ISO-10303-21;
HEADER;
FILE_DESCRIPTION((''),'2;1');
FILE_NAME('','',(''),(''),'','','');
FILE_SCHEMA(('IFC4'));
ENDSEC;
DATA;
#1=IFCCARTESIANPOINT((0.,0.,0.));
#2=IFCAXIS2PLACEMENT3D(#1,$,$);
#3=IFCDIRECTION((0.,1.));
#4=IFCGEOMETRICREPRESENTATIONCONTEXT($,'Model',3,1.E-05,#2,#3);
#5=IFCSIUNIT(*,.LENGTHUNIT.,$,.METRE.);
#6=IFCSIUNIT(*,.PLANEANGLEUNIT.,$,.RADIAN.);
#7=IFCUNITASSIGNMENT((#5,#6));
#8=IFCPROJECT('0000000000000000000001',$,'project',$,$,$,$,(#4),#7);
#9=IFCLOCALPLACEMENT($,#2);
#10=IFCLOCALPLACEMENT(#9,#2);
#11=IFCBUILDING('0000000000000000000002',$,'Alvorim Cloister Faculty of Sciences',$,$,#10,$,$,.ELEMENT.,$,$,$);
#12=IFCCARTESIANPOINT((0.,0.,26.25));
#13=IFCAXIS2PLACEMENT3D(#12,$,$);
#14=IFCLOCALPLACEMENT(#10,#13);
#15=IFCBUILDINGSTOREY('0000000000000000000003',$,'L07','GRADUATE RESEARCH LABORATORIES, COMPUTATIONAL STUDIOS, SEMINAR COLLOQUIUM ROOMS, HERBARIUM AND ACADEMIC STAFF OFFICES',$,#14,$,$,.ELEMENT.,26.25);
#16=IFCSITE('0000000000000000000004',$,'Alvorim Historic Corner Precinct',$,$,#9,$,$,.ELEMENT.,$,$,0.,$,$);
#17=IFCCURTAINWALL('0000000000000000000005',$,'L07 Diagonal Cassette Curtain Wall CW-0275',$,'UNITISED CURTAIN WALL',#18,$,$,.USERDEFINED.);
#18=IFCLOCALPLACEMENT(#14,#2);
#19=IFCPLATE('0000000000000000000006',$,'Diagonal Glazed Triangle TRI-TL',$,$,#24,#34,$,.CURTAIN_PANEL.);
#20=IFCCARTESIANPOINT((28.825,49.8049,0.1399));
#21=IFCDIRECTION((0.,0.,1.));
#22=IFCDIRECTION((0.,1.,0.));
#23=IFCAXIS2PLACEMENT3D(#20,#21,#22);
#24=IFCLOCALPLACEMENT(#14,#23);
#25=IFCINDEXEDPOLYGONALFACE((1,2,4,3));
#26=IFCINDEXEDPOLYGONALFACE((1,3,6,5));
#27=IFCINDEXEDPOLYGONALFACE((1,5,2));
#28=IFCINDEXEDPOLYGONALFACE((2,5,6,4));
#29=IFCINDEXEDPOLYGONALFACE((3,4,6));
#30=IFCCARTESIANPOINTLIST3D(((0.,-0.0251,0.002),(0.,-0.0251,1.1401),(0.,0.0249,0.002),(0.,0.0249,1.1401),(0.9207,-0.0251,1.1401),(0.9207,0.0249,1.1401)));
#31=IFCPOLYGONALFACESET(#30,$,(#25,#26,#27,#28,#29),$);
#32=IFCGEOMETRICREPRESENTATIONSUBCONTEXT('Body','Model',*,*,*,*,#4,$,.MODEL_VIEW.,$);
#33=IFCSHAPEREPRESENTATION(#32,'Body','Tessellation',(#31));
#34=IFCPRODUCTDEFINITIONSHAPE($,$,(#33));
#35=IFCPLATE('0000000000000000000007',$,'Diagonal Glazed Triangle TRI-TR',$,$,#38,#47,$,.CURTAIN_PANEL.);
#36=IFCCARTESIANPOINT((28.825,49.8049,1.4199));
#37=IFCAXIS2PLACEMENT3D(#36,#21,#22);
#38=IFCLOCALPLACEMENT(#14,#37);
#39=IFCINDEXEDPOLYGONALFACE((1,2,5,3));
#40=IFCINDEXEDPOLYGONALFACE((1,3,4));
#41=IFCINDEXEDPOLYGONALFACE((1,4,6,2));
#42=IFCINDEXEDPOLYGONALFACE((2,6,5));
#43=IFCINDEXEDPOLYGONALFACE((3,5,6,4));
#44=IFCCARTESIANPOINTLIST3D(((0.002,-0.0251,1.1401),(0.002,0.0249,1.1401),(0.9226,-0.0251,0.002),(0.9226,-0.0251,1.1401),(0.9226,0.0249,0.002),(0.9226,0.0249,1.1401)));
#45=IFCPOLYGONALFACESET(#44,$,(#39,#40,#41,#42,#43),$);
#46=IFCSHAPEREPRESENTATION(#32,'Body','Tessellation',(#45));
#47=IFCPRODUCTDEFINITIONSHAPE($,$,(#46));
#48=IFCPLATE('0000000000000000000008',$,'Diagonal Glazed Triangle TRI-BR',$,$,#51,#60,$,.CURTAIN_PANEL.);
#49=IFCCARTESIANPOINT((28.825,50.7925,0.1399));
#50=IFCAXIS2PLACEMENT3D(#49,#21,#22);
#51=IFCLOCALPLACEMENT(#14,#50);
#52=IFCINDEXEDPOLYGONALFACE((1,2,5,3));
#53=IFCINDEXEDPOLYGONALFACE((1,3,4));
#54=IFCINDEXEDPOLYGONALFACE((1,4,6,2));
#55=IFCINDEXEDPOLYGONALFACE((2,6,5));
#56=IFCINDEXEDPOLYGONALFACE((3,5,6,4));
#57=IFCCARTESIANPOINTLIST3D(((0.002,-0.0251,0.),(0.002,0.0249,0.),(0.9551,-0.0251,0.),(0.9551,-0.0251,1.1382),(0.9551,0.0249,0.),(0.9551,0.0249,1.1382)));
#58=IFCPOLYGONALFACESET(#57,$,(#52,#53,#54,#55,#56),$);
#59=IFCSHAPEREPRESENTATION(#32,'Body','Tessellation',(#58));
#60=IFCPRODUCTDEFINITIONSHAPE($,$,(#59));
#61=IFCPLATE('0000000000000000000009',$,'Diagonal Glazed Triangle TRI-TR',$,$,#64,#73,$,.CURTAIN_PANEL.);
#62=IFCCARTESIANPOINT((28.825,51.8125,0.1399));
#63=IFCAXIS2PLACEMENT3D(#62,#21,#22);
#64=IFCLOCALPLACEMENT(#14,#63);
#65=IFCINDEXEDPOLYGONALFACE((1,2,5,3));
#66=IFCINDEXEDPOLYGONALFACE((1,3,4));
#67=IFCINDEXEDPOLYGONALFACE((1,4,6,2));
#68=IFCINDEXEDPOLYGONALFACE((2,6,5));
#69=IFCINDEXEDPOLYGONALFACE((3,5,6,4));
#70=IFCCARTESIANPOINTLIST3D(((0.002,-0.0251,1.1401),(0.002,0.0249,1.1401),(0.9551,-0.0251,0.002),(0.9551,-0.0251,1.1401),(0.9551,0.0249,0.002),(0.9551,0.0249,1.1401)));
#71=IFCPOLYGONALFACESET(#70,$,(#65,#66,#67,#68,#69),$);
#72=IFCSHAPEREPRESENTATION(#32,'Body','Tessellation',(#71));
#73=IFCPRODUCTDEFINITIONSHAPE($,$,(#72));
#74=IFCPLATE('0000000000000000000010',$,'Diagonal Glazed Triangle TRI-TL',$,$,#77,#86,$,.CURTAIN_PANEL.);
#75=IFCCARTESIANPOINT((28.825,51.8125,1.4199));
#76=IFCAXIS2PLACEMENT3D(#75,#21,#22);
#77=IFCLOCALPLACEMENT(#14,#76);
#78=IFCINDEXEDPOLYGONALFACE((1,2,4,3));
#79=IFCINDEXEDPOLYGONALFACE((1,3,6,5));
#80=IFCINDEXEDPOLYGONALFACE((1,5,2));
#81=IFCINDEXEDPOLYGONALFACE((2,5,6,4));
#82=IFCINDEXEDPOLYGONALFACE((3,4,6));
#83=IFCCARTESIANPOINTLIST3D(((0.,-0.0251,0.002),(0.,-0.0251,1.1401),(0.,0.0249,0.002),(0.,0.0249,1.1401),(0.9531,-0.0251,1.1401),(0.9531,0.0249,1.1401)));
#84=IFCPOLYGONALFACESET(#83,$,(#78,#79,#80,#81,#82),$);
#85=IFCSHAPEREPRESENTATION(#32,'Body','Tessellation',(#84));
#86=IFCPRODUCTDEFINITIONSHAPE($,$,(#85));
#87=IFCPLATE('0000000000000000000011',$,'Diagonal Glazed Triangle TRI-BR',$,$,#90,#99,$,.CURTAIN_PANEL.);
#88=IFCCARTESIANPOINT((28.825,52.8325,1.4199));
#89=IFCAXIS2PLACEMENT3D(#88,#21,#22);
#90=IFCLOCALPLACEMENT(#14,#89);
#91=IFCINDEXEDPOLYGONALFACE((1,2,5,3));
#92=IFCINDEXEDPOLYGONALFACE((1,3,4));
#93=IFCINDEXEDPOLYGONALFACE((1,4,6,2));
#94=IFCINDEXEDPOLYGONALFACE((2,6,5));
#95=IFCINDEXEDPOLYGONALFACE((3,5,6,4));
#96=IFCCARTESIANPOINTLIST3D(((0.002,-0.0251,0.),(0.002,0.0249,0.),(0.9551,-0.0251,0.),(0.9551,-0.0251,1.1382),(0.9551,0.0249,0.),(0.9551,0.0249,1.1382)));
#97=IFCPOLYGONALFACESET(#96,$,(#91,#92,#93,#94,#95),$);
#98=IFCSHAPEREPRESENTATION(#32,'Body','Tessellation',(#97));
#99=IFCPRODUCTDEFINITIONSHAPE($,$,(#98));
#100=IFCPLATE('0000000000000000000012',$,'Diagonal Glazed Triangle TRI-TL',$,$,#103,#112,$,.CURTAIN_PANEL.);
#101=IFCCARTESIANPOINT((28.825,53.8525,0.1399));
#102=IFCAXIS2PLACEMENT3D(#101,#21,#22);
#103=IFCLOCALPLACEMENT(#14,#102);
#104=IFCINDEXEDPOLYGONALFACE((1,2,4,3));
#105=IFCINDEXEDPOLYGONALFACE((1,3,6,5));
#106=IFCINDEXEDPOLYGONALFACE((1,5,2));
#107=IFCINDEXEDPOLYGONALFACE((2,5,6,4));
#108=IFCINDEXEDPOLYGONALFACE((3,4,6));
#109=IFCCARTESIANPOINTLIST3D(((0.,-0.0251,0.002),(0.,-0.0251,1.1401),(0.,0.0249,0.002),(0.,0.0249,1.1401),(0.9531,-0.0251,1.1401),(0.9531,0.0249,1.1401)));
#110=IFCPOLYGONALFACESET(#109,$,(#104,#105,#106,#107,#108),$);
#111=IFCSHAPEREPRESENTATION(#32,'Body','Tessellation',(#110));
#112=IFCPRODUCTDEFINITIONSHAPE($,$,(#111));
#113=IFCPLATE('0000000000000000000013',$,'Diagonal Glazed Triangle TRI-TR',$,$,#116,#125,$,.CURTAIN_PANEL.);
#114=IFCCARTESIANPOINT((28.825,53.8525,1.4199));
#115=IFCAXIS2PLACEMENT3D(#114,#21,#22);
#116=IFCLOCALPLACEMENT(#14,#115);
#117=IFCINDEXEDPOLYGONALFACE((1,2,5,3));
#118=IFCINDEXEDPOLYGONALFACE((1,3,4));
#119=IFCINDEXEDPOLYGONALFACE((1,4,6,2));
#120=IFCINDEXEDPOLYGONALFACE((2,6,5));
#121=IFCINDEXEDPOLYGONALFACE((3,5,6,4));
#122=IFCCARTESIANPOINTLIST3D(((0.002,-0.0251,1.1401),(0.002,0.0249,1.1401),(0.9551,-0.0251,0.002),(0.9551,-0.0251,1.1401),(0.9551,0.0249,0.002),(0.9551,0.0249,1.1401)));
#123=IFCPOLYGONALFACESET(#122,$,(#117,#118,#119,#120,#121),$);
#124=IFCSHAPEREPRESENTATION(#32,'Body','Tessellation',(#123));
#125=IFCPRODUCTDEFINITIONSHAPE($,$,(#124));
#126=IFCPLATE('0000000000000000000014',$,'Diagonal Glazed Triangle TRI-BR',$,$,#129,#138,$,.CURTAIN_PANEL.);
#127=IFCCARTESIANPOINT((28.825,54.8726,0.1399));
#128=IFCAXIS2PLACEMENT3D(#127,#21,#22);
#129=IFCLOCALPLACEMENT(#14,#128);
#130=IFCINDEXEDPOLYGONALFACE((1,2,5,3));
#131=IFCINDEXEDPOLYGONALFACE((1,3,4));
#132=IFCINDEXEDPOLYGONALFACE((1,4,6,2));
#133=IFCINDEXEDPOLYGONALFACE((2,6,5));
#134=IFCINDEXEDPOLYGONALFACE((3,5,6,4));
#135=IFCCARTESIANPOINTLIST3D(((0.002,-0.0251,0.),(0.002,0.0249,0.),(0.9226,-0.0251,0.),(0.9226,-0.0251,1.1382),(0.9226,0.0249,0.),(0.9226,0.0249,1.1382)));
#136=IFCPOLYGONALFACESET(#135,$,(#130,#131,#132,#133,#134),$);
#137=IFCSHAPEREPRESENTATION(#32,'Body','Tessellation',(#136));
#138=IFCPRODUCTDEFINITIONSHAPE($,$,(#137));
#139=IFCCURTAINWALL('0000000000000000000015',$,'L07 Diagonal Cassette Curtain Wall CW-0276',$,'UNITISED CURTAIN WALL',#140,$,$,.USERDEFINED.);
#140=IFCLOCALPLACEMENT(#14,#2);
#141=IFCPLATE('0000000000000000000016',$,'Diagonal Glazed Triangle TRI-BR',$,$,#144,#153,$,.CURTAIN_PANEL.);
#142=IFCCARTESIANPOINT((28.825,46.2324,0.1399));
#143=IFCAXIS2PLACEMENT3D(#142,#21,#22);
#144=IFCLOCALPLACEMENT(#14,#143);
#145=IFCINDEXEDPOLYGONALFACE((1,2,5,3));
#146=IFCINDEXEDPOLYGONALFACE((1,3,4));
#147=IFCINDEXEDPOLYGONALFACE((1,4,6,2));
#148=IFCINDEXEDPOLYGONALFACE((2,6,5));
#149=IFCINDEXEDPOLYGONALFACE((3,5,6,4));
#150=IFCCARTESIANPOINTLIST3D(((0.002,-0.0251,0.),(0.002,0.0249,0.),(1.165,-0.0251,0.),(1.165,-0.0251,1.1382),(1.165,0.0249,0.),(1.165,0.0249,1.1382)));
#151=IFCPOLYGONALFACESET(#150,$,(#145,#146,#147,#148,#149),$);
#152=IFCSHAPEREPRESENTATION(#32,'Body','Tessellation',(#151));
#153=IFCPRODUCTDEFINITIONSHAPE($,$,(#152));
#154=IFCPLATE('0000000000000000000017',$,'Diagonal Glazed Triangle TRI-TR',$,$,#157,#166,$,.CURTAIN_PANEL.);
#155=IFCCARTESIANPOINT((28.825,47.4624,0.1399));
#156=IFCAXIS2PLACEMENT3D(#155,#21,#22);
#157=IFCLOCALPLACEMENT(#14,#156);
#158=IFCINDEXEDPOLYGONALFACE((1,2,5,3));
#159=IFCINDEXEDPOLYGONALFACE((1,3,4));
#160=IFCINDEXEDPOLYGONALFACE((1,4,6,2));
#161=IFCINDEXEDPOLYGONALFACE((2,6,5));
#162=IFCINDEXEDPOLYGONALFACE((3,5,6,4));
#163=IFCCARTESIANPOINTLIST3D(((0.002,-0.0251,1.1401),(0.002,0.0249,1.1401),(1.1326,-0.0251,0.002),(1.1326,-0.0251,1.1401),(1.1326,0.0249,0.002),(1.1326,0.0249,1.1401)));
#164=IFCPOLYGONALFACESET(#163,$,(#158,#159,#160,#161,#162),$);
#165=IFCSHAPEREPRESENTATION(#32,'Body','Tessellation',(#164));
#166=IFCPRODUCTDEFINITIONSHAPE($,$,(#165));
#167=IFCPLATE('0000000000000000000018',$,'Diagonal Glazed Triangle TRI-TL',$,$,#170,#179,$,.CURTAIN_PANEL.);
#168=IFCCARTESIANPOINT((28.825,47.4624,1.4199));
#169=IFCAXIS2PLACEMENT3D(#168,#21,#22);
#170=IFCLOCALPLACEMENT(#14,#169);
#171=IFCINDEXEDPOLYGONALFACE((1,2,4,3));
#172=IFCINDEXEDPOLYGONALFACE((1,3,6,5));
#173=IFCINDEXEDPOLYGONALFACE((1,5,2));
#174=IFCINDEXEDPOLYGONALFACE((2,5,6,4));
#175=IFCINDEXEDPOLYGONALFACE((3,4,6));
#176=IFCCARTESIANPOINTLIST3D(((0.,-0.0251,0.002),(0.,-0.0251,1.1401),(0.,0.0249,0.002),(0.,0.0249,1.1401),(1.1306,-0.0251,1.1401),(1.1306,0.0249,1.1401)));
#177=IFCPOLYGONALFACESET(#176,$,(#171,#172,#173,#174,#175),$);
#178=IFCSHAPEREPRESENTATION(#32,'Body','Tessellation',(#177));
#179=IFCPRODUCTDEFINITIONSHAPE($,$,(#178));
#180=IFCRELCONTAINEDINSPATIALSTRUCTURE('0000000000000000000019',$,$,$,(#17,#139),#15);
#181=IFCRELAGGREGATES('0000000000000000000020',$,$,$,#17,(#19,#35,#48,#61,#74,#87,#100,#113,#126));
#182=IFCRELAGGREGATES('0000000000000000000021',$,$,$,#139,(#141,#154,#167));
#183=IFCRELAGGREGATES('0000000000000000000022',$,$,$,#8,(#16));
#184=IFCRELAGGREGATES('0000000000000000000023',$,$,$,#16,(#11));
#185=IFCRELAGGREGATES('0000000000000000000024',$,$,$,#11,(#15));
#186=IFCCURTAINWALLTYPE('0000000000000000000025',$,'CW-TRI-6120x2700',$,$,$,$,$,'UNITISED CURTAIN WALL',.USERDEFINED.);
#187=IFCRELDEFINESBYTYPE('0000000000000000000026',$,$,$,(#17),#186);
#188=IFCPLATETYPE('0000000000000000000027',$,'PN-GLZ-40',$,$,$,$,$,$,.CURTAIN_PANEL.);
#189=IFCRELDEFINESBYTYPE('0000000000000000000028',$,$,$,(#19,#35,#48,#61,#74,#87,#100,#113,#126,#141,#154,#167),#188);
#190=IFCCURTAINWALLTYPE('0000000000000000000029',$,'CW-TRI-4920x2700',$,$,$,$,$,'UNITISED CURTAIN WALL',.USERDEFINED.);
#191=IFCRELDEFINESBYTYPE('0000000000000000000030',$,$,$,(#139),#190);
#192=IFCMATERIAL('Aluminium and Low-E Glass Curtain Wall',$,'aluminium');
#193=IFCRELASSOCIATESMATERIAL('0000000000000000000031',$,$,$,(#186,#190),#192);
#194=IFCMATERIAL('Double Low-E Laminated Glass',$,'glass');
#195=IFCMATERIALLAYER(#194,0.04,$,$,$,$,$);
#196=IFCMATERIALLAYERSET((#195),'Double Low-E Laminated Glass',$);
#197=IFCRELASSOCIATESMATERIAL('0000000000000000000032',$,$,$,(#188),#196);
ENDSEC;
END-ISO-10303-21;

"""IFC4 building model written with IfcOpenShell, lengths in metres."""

from ifc_helpers import new_model, si_unit, direction, frame, origin, place, context, subcontext, project, spatial, polyline, outline, extrude, material, layer, layer_set, type_object, element, aggregate, save


model = new_model("IFC4")

# Units and contexts
model_context = context("Model", 3, precision=1e-05, world=origin(), true_north=direction((0.0, 1.0)))
body_context = subcontext(model_context, "Body", "Model", "MODEL_VIEW")
ifc_project = project(units=[si_unit("LENGTHUNIT", "METRE"), si_unit("PLANEANGLEUNIT", "RADIAN")], contexts=[model_context])

# Site, building, storey
site_placement = place(None, origin())
site = spatial("IfcSite", under=ifc_project, at=site_placement, Name="Alvorim Historic Corner Precinct", CompositionType="ELEMENT", RefElevation=0.0)
building_placement = place(site_placement, origin())
building = spatial("IfcBuilding", under=site, at=building_placement, Name="Alvorim Cloister Faculty of Sciences", CompositionType="ELEMENT")
storey_placement = place(building_placement, frame((0.0, 0.0, 26.25)))
storey = spatial("IfcBuildingStorey", under=building, at=storey_placement, Name="L07", Description="GRADUATE RESEARCH LABORATORIES, COMPUTATIONAL STUDIOS, SEMINAR COLLOQUIUM ROOMS, HERBARIUM AND ACADEMIC STAFF OFFICES", CompositionType="ELEMENT", Elevation=26.25)

# Curtain walls, plates
ifc_material_1 = material(Name="Aluminium and Low-E Glass Curtain Wall", Category="aluminium")
curtain_wall_type_1 = type_object("IfcCurtainWallType", Name="CW-TRI-6120x2700", ElementType="UNITISED CURTAIN WALL", PredefinedType="USERDEFINED", material=ifc_material_1)
curtain_wall_1_placement = place(storey_placement, origin())
curtain_wall_1 = element("IfcCurtainWall", 1, at=curtain_wall_1_placement, inside=storey, type_object=curtain_wall_type_1, Name="L07 Diagonal Cassette Curtain Wall CW-0275", ObjectType="UNITISED CURTAIN WALL", PredefinedType="USERDEFINED")
ifc_material_2 = material(Name="Double Low-E Laminated Glass", Category="glass")
ifc_layer_1 = layer(ifc_material_2, 0.04)
ifc_layer_set_1 = layer_set([ifc_layer_1], Name="Double Low-E Laminated Glass")
plate_type = type_object("IfcPlateType", Name="PN-GLZ-40", PredefinedType="CURTAIN_PANEL", material=ifc_layer_set_1)
plate_1_placement = place(storey_placement, frame((28.825, 49.8049, 0.1399), z_axis=(0.0, 0.0, 1.0), x_axis=(0.0, 1.0, 0.0)))
plate_1 = element("IfcPlate", 2, at=plate_1_placement, type_object=plate_type, Name="Diagonal Glazed Triangle TRI-TL", PredefinedType="CURTAIN_PANEL", context=body_context, shape_type="SweptSolid", body=[
    extrude(outline(polyline([(0.9207, 1.1401), (0.0, 1.1401), (0.0, 0.002), (0.9207, 1.1401)])), frame((0.0, 0.0249, 0.0), z_axis=(0.0, -1.0, 0.0), x_axis=(1.0, 0.0, 0.0)), (0.0, 0.0, 1.0), 0.05),
])
plate_2_placement = place(storey_placement, frame((28.825, 49.8049, 1.4199), z_axis=(0.0, 0.0, 1.0), x_axis=(0.0, 1.0, 0.0)))
plate_2 = element("IfcPlate", 3, at=plate_2_placement, type_object=plate_type, Name="Diagonal Glazed Triangle TRI-TR", PredefinedType="CURTAIN_PANEL", context=body_context, shape_type="SweptSolid", body=[
    extrude(outline(polyline([(0.9226, 0.002), (0.9226, 1.1401), (0.002, 1.1401), (0.9226, 0.002)])), frame((0.0, 0.0249, 0.0), z_axis=(0.0, -1.0, 0.0), x_axis=(1.0, 0.0, 0.0)), (0.0, 0.0, 1.0), 0.05),
])
plate_3_placement = place(storey_placement, frame((28.825, 50.7925, 0.1399), z_axis=(0.0, 0.0, 1.0), x_axis=(0.0, 1.0, 0.0)))
plate_3 = element("IfcPlate", 4, at=plate_3_placement, type_object=plate_type, Name="Diagonal Glazed Triangle TRI-BR", PredefinedType="CURTAIN_PANEL", context=body_context, shape_type="SweptSolid", body=[
    extrude(outline(polyline([(0.002, 0.0), (0.9551, 0.0), (0.9551, 1.1382), (0.002, 0.0)])), frame((0.0, 0.0249, 0.0), z_axis=(0.0, -1.0, 0.0), x_axis=(1.0, 0.0, 0.0)), (0.0, 0.0, 1.0), 0.05),
])
plate_4_placement = place(storey_placement, frame((28.825, 51.8125, 0.1399), z_axis=(0.0, 0.0, 1.0), x_axis=(0.0, 1.0, 0.0)))
plate_4 = element("IfcPlate", 5, at=plate_4_placement, type_object=plate_type, Name="Diagonal Glazed Triangle TRI-TR", PredefinedType="CURTAIN_PANEL", context=body_context, shape_type="SweptSolid", body=[
    extrude(outline(polyline([(0.9551, 0.002), (0.9551, 1.1401), (0.002, 1.1401), (0.9551, 0.002)])), frame((0.0, 0.0249, 0.0), z_axis=(0.0, -1.0, 0.0), x_axis=(1.0, 0.0, 0.0)), (0.0, 0.0, 1.0), 0.05),
])
plate_5_placement = place(storey_placement, frame((28.825, 51.8125, 1.4199), z_axis=(0.0, 0.0, 1.0), x_axis=(0.0, 1.0, 0.0)))
plate_5 = element("IfcPlate", 6, at=plate_5_placement, type_object=plate_type, Name="Diagonal Glazed Triangle TRI-TL", PredefinedType="CURTAIN_PANEL", context=body_context, shape_type="SweptSolid", body=[
    extrude(outline(polyline([(0.9531, 1.1401), (0.0, 1.1401), (0.0, 0.002), (0.9531, 1.1401)])), frame((0.0, 0.0249, 0.0), z_axis=(0.0, -1.0, 0.0), x_axis=(1.0, 0.0, 0.0)), (0.0, 0.0, 1.0), 0.05),
])
plate_6_placement = place(storey_placement, frame((28.825, 52.8325, 1.4199), z_axis=(0.0, 0.0, 1.0), x_axis=(0.0, 1.0, 0.0)))
plate_6 = element("IfcPlate", 7, at=plate_6_placement, type_object=plate_type, Name="Diagonal Glazed Triangle TRI-BR", PredefinedType="CURTAIN_PANEL", context=body_context, shape_type="SweptSolid", body=[
    extrude(outline(polyline([(0.002, 0.0), (0.9551, 0.0), (0.9551, 1.1382), (0.002, 0.0)])), frame((0.0, 0.0249, 0.0), z_axis=(0.0, -1.0, 0.0), x_axis=(1.0, 0.0, 0.0)), (0.0, 0.0, 1.0), 0.05),
])
plate_7_placement = place(storey_placement, frame((28.825, 53.8525, 0.1399), z_axis=(0.0, 0.0, 1.0), x_axis=(0.0, 1.0, 0.0)))
plate_7 = element("IfcPlate", 8, at=plate_7_placement, type_object=plate_type, Name="Diagonal Glazed Triangle TRI-TL", PredefinedType="CURTAIN_PANEL", context=body_context, shape_type="SweptSolid", body=[
    extrude(outline(polyline([(0.9531, 1.1401), (0.0, 1.1401), (0.0, 0.002), (0.9531, 1.1401)])), frame((0.0, 0.0249, 0.0), z_axis=(0.0, -1.0, 0.0), x_axis=(1.0, 0.0, 0.0)), (0.0, 0.0, 1.0), 0.05),
])
plate_8_placement = place(storey_placement, frame((28.825, 53.8525, 1.4199), z_axis=(0.0, 0.0, 1.0), x_axis=(0.0, 1.0, 0.0)))
plate_8 = element("IfcPlate", 9, at=plate_8_placement, type_object=plate_type, Name="Diagonal Glazed Triangle TRI-TR", PredefinedType="CURTAIN_PANEL", context=body_context, shape_type="SweptSolid", body=[
    extrude(outline(polyline([(0.9551, 0.002), (0.9551, 1.1401), (0.002, 1.1401), (0.9551, 0.002)])), frame((0.0, 0.0249, 0.0), z_axis=(0.0, -1.0, 0.0), x_axis=(1.0, 0.0, 0.0)), (0.0, 0.0, 1.0), 0.05),
])
plate_9_placement = place(storey_placement, frame((28.825, 54.8726, 0.1399), z_axis=(0.0, 0.0, 1.0), x_axis=(0.0, 1.0, 0.0)))
plate_9 = element("IfcPlate", 10, at=plate_9_placement, type_object=plate_type, Name="Diagonal Glazed Triangle TRI-BR", PredefinedType="CURTAIN_PANEL", context=body_context, shape_type="SweptSolid", body=[
    extrude(outline(polyline([(0.002, 0.0), (0.9226, 0.0), (0.9226, 1.1382), (0.002, 0.0)])), frame((0.0, 0.0249, 0.0), z_axis=(0.0, -1.0, 0.0), x_axis=(1.0, 0.0, 0.0)), (0.0, 0.0, 1.0), 0.05),
])
aggregate(curtain_wall_1, [plate_1, plate_2, plate_3, plate_4, plate_5, plate_6, plate_7, plate_8, plate_9])
curtain_wall_type_2 = type_object("IfcCurtainWallType", Name="CW-TRI-4920x2700", ElementType="UNITISED CURTAIN WALL", PredefinedType="USERDEFINED", material=ifc_material_1)
curtain_wall_2_placement = place(storey_placement, origin())
curtain_wall_2 = element("IfcCurtainWall", 11, at=curtain_wall_2_placement, inside=storey, type_object=curtain_wall_type_2, Name="L07 Diagonal Cassette Curtain Wall CW-0276", ObjectType="UNITISED CURTAIN WALL", PredefinedType="USERDEFINED")
plate_10_placement = place(storey_placement, frame((28.825, 46.2324, 0.1399), z_axis=(0.0, 0.0, 1.0), x_axis=(0.0, 1.0, 0.0)))
plate_10 = element("IfcPlate", 12, at=plate_10_placement, type_object=plate_type, Name="Diagonal Glazed Triangle TRI-BR", PredefinedType="CURTAIN_PANEL", context=body_context, shape_type="SweptSolid", body=[
    extrude(outline(polyline([(0.002, 0.0), (1.165, 0.0), (1.165, 1.1382), (0.002, 0.0)])), frame((0.0, 0.0249, 0.0), z_axis=(0.0, -1.0, 0.0), x_axis=(1.0, 0.0, 0.0)), (0.0, 0.0, 1.0), 0.05),
])
plate_11_placement = place(storey_placement, frame((28.825, 47.4624, 0.1399), z_axis=(0.0, 0.0, 1.0), x_axis=(0.0, 1.0, 0.0)))
plate_11 = element("IfcPlate", 13, at=plate_11_placement, type_object=plate_type, Name="Diagonal Glazed Triangle TRI-TR", PredefinedType="CURTAIN_PANEL", context=body_context, shape_type="SweptSolid", body=[
    extrude(outline(polyline([(1.1326, 0.002), (1.1326, 1.1401), (0.002, 1.1401), (1.1326, 0.002)])), frame((0.0, 0.0249, 0.0), z_axis=(0.0, -1.0, 0.0), x_axis=(1.0, 0.0, 0.0)), (0.0, 0.0, 1.0), 0.05),
])
plate_12_placement = place(storey_placement, frame((28.825, 47.4624, 1.4199), z_axis=(0.0, 0.0, 1.0), x_axis=(0.0, 1.0, 0.0)))
plate_12 = element("IfcPlate", 14, at=plate_12_placement, type_object=plate_type, Name="Diagonal Glazed Triangle TRI-TL", PredefinedType="CURTAIN_PANEL", context=body_context, shape_type="SweptSolid", body=[
    extrude(outline(polyline([(1.1306, 1.1401), (0.0, 1.1401), (0.0, 0.002), (1.1306, 1.1401)])), frame((0.0, 0.0249, 0.0), z_axis=(0.0, -1.0, 0.0), x_axis=(1.0, 0.0, 0.0)), (0.0, 0.0, 1.0), 0.05),
])
aggregate(curtain_wall_2, [plate_10, plate_11, plate_12])

save(model, "model.ifc")
